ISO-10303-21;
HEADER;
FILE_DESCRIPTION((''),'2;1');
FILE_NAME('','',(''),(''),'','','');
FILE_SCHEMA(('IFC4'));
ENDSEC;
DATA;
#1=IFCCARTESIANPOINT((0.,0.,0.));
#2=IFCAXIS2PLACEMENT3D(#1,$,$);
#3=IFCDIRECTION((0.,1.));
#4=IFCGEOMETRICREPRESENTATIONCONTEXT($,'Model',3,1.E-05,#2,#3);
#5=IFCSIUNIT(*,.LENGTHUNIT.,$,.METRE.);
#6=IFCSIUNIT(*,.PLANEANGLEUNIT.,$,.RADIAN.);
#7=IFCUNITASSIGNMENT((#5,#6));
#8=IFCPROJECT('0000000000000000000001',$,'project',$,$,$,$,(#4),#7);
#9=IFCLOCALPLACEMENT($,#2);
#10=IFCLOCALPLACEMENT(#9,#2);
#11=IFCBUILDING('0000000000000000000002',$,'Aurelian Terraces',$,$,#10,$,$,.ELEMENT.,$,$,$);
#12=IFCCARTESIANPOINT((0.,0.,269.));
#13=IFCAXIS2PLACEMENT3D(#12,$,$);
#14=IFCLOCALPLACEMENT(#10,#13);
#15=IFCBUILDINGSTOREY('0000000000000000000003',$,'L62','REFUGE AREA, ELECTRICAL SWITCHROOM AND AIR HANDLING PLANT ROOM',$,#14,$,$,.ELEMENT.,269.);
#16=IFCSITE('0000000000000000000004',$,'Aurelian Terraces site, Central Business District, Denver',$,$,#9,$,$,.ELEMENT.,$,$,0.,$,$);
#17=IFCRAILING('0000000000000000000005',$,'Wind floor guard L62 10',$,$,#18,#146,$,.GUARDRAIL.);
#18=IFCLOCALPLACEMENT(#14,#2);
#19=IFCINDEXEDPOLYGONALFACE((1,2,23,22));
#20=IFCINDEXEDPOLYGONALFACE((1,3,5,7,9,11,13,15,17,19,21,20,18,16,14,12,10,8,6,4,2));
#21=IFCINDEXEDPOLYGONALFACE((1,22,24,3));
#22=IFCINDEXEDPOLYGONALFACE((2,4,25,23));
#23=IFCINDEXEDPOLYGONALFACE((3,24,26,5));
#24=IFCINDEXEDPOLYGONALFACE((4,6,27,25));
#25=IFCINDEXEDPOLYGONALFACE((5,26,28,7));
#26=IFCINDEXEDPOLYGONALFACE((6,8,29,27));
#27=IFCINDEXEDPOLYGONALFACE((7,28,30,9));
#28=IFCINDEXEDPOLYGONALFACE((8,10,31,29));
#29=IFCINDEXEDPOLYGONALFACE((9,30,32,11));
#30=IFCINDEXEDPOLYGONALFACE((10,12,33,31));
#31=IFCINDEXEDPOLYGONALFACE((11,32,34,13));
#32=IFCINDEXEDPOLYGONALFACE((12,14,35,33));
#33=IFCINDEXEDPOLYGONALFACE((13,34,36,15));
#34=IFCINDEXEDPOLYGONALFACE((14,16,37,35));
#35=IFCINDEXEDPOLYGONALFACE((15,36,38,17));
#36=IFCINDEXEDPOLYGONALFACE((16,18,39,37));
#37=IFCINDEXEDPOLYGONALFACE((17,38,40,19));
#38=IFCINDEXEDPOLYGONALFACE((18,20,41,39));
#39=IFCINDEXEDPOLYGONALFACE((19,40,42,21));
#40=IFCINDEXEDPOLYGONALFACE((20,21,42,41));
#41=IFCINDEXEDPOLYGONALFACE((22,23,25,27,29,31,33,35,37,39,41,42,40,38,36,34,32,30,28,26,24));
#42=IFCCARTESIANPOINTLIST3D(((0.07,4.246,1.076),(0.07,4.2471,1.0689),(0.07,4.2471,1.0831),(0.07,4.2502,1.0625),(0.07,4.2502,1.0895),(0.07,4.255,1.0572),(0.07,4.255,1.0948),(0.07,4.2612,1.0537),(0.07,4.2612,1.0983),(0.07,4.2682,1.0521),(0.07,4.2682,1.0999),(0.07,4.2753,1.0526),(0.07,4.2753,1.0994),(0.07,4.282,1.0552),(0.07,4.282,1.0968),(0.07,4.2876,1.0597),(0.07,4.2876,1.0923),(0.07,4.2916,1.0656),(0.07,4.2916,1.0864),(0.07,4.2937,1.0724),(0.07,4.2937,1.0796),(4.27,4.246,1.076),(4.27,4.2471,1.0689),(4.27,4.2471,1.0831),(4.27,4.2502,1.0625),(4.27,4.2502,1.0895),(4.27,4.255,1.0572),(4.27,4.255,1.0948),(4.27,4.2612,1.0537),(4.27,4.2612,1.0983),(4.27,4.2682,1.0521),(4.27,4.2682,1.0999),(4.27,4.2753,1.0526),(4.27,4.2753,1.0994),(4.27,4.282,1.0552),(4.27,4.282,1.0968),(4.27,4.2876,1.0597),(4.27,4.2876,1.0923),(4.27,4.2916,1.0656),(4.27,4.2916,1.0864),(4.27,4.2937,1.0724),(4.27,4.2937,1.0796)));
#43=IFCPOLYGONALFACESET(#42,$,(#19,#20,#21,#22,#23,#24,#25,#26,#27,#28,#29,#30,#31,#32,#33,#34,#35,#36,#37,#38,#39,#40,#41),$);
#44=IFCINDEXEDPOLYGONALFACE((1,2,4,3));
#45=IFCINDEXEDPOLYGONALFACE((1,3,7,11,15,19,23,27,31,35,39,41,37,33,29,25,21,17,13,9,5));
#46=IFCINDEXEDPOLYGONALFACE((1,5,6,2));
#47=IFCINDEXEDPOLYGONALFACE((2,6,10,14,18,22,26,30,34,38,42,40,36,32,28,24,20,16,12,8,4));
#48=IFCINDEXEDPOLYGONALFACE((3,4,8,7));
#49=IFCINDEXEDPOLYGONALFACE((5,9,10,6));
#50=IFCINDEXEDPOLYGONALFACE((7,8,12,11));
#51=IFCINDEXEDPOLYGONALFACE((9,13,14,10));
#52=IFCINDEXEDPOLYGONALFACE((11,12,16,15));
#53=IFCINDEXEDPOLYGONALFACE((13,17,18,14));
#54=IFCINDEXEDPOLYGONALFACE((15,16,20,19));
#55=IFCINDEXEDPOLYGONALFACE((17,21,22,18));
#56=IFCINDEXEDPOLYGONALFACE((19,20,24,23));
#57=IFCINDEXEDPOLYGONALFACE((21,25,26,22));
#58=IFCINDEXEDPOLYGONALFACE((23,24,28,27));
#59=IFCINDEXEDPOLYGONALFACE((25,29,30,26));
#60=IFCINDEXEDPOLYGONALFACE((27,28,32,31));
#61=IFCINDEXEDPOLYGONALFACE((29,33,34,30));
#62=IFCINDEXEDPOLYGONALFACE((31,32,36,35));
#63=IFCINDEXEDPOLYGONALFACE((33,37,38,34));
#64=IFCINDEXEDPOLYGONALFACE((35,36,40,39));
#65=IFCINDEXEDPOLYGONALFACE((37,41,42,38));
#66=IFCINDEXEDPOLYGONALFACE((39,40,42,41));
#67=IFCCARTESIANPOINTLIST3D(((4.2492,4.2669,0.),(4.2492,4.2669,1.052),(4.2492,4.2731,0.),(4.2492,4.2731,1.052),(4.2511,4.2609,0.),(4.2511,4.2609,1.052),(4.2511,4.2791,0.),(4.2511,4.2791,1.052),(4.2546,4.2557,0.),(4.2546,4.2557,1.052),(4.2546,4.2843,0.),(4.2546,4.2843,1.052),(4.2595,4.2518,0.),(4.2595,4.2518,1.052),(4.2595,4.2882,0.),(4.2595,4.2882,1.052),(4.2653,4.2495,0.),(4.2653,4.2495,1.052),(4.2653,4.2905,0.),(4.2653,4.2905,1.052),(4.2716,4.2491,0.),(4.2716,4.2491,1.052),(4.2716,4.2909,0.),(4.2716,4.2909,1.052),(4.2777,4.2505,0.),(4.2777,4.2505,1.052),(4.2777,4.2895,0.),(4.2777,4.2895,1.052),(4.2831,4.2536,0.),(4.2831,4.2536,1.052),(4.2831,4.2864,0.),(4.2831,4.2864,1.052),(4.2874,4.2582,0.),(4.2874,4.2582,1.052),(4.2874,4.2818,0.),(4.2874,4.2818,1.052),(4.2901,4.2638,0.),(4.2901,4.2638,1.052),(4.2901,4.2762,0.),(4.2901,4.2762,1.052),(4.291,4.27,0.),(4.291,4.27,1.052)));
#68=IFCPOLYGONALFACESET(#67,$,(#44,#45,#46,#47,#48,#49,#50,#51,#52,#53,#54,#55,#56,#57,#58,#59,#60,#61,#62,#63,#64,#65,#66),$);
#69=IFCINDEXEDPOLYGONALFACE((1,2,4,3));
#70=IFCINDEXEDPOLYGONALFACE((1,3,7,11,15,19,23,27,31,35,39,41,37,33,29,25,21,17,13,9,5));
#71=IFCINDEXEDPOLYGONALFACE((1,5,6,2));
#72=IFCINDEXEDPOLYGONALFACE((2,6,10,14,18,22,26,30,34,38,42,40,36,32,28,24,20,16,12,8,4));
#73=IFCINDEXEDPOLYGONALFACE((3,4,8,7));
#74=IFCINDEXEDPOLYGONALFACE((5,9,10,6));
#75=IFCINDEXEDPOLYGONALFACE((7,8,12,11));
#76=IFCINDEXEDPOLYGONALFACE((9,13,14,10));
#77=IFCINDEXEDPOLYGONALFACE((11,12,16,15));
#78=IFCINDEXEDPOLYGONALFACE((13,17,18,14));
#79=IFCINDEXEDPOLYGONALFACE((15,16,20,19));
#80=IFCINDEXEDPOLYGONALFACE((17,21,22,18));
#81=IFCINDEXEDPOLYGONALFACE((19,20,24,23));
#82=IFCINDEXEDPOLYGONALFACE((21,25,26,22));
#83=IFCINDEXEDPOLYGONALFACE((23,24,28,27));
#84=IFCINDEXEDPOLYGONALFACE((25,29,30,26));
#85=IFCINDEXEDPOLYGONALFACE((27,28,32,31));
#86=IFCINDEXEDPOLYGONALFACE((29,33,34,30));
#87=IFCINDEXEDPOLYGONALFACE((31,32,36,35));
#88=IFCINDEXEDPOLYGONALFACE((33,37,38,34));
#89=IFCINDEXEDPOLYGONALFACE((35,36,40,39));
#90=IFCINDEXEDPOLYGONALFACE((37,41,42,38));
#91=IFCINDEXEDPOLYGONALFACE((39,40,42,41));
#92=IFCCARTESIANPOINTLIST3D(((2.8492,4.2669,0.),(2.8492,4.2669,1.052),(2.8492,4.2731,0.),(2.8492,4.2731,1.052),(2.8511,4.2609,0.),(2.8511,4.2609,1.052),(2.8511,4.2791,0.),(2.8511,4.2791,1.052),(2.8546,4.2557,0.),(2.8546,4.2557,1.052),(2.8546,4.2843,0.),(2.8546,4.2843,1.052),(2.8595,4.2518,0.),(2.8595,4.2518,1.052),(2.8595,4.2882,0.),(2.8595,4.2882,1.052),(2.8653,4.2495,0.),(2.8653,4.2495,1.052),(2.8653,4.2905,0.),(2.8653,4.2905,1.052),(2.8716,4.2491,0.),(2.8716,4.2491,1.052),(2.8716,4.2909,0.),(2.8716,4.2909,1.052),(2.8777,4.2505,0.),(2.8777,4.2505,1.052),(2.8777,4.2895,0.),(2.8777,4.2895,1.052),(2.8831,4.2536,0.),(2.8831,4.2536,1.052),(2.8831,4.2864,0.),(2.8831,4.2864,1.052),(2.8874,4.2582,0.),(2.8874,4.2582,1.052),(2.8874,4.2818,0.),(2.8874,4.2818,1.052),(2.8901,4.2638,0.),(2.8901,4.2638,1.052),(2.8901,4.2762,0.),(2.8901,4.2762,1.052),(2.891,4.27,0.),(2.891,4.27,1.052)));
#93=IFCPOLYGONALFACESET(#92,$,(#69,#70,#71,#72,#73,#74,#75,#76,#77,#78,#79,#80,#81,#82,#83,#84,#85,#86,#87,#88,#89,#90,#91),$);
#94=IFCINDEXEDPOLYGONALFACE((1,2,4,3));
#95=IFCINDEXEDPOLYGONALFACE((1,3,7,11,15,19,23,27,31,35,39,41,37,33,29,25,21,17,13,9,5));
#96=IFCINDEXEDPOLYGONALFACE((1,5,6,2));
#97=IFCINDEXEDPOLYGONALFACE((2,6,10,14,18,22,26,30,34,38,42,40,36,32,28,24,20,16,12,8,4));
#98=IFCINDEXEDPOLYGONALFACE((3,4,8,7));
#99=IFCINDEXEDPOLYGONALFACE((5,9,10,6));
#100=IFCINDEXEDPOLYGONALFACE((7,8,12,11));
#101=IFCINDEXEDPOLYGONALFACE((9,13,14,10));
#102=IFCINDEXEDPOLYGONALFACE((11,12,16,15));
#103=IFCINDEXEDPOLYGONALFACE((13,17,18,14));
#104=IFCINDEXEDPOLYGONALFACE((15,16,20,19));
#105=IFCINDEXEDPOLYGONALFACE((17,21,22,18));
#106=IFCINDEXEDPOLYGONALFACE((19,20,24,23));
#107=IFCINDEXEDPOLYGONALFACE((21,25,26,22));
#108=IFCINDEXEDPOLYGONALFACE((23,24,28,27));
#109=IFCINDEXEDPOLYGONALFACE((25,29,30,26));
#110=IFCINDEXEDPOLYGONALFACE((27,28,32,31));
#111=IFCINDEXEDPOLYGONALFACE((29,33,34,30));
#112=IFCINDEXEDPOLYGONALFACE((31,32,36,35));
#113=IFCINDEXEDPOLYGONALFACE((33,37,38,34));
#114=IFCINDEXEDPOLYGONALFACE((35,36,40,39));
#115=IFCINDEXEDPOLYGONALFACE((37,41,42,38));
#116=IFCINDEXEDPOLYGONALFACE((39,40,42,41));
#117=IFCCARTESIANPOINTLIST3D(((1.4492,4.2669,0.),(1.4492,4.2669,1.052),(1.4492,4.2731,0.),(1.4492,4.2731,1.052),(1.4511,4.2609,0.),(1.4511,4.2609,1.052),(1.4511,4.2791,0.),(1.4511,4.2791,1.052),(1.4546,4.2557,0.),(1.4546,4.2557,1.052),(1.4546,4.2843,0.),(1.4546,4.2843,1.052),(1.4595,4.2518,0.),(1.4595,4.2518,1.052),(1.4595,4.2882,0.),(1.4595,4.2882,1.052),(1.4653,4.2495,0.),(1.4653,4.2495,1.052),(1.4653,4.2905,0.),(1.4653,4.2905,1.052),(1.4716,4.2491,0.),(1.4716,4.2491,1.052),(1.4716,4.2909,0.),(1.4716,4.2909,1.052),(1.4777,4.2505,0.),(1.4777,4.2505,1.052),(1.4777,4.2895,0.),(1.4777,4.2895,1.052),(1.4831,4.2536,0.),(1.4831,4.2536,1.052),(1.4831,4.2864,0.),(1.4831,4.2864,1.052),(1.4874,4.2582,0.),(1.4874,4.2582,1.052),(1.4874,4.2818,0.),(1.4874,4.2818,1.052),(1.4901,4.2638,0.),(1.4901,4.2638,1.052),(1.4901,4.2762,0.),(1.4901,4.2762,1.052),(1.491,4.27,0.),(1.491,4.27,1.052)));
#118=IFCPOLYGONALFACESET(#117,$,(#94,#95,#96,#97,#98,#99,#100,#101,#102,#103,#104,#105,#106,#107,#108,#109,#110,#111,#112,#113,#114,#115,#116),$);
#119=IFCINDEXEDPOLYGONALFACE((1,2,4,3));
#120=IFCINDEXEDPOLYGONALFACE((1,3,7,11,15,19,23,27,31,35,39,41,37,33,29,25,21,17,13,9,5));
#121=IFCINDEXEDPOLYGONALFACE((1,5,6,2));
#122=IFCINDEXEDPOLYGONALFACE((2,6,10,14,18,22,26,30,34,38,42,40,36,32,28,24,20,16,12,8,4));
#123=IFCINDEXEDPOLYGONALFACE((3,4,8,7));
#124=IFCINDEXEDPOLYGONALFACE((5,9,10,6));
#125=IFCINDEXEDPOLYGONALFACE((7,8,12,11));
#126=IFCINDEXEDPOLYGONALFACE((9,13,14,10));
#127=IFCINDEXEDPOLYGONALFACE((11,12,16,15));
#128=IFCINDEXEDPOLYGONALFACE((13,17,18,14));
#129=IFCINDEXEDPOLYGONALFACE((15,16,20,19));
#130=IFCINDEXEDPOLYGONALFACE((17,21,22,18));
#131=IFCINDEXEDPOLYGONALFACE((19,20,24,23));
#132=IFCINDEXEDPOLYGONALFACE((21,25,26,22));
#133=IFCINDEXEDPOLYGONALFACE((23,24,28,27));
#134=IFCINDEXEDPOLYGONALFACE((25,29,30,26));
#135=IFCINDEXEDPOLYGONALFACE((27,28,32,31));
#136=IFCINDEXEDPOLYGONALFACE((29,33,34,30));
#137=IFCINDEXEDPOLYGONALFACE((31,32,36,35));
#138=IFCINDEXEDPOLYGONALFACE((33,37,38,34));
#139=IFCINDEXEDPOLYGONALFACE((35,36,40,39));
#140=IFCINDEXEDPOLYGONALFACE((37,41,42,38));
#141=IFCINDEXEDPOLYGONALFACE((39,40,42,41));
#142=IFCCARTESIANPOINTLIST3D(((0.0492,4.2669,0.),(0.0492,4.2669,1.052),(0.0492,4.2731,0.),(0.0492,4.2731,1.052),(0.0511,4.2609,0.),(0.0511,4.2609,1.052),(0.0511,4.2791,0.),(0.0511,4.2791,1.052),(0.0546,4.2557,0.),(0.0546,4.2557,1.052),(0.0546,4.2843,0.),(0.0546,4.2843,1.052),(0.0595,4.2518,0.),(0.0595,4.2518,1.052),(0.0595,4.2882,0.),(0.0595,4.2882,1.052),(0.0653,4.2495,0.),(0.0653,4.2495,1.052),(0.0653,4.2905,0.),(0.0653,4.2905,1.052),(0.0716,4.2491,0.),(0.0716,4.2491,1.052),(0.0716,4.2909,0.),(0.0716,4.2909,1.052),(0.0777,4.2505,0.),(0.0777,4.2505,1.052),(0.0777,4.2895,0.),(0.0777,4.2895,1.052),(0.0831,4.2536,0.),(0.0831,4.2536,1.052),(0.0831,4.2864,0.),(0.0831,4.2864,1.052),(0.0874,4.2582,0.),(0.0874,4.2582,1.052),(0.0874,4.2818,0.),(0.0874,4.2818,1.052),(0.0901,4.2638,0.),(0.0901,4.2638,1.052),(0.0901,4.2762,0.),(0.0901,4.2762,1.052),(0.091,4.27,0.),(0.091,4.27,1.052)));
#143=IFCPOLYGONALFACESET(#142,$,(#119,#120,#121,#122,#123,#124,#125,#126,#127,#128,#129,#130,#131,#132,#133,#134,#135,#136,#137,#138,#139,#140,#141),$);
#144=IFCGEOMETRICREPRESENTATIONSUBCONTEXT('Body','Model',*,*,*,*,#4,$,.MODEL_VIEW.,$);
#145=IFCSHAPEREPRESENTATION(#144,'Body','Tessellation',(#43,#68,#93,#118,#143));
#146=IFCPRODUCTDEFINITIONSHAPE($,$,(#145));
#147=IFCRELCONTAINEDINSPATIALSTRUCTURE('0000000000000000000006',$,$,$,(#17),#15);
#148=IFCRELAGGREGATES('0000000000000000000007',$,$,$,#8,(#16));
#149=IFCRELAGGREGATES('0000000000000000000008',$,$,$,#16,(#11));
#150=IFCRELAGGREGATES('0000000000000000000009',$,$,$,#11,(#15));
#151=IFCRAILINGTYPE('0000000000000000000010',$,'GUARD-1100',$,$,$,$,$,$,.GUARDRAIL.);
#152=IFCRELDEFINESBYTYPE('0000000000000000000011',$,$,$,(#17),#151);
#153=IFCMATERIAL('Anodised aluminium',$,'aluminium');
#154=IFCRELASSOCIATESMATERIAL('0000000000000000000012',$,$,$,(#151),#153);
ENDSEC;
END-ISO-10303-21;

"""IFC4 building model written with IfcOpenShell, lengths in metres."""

from ifc_helpers import new_model, si_unit, direction, frame, origin, origin_2d, place, context, subcontext, project, spatial, circle, extrude, source, transform, mapped, material, type_object, element, save


model = new_model("IFC4")

# Units and contexts
model_context = context("Model", 3, precision=1e-05, world=origin(), true_north=direction((0.0, 1.0)))
body_context = subcontext(model_context, "Body", "Model", "MODEL_VIEW")
ifc_project = project(units=[si_unit("LENGTHUNIT", "METRE"), si_unit("PLANEANGLEUNIT", "RADIAN")], contexts=[model_context])

# Site, building, storey
site_placement = place(None, origin())
site = spatial("IfcSite", under=ifc_project, at=site_placement, Name="Aurelian Terraces site, Central Business District, Denver", CompositionType="ELEMENT", RefElevation=0.0)
building_placement = place(site_placement, origin())
building = spatial("IfcBuilding", under=site, at=building_placement, Name="Aurelian Terraces", CompositionType="ELEMENT")
storey_placement = place(building_placement, frame((0.0, 0.0, 269.0)))
storey = spatial("IfcBuildingStorey", under=building, at=storey_placement, Name="L62", Description="REFUGE AREA, ELECTRICAL SWITCHROOM AND AIR HANDLING PLANT ROOM", CompositionType="ELEMENT", Elevation=269.0)

# Railing
ifc_material_1 = material(Name="Anodised aluminium", Category="aluminium")
railing_type = type_object("IfcRailingType", Name="GUARD-1100", PredefinedType="GUARDRAIL", material=ifc_material_1)
shared_shape_1 = source(origin(), body_context, "Body", "SweptSolid", [
    extrude(circle(Radius=0.024, at=origin_2d()), frame((0.0, 0.0, 1.076), z_axis=(-1.0, 0.0, 0.0), x_axis=(0.0, -1.0, 0.0)), (0.0, 0.0, 1.0), 4.2),
    extrude(circle(Radius=0.021, at=origin_2d()), origin(), (0.0, 0.0, 1.0), 1.052),
    extrude(circle(Radius=0.021, at=origin_2d()), frame((-1.4, 0.0, 0.0)), (0.0, 0.0, 1.0), 1.052),
    extrude(circle(Radius=0.021, at=origin_2d()), frame((-2.8, 0.0, 0.0)), (0.0, 0.0, 1.0), 1.052),
    extrude(circle(Radius=0.021, at=origin_2d()), frame((-4.2, 0.0, 0.0)), (0.0, 0.0, 1.0), 1.052),
])
railing_1_placement = place(storey_placement, frame((4.27, 4.27, 0.0)))
element("IfcRailing", 1, at=railing_1_placement, inside=storey, type_object=railing_type, Name="Wind floor guard L62 10", PredefinedType="GUARDRAIL", context=body_context, shape_type="MappedRepresentation", body=[
    mapped(shared_shape_1, transform((0.0, 0.0, 0.0), scale=1.0)),
])

save(model, "model.ifc")
